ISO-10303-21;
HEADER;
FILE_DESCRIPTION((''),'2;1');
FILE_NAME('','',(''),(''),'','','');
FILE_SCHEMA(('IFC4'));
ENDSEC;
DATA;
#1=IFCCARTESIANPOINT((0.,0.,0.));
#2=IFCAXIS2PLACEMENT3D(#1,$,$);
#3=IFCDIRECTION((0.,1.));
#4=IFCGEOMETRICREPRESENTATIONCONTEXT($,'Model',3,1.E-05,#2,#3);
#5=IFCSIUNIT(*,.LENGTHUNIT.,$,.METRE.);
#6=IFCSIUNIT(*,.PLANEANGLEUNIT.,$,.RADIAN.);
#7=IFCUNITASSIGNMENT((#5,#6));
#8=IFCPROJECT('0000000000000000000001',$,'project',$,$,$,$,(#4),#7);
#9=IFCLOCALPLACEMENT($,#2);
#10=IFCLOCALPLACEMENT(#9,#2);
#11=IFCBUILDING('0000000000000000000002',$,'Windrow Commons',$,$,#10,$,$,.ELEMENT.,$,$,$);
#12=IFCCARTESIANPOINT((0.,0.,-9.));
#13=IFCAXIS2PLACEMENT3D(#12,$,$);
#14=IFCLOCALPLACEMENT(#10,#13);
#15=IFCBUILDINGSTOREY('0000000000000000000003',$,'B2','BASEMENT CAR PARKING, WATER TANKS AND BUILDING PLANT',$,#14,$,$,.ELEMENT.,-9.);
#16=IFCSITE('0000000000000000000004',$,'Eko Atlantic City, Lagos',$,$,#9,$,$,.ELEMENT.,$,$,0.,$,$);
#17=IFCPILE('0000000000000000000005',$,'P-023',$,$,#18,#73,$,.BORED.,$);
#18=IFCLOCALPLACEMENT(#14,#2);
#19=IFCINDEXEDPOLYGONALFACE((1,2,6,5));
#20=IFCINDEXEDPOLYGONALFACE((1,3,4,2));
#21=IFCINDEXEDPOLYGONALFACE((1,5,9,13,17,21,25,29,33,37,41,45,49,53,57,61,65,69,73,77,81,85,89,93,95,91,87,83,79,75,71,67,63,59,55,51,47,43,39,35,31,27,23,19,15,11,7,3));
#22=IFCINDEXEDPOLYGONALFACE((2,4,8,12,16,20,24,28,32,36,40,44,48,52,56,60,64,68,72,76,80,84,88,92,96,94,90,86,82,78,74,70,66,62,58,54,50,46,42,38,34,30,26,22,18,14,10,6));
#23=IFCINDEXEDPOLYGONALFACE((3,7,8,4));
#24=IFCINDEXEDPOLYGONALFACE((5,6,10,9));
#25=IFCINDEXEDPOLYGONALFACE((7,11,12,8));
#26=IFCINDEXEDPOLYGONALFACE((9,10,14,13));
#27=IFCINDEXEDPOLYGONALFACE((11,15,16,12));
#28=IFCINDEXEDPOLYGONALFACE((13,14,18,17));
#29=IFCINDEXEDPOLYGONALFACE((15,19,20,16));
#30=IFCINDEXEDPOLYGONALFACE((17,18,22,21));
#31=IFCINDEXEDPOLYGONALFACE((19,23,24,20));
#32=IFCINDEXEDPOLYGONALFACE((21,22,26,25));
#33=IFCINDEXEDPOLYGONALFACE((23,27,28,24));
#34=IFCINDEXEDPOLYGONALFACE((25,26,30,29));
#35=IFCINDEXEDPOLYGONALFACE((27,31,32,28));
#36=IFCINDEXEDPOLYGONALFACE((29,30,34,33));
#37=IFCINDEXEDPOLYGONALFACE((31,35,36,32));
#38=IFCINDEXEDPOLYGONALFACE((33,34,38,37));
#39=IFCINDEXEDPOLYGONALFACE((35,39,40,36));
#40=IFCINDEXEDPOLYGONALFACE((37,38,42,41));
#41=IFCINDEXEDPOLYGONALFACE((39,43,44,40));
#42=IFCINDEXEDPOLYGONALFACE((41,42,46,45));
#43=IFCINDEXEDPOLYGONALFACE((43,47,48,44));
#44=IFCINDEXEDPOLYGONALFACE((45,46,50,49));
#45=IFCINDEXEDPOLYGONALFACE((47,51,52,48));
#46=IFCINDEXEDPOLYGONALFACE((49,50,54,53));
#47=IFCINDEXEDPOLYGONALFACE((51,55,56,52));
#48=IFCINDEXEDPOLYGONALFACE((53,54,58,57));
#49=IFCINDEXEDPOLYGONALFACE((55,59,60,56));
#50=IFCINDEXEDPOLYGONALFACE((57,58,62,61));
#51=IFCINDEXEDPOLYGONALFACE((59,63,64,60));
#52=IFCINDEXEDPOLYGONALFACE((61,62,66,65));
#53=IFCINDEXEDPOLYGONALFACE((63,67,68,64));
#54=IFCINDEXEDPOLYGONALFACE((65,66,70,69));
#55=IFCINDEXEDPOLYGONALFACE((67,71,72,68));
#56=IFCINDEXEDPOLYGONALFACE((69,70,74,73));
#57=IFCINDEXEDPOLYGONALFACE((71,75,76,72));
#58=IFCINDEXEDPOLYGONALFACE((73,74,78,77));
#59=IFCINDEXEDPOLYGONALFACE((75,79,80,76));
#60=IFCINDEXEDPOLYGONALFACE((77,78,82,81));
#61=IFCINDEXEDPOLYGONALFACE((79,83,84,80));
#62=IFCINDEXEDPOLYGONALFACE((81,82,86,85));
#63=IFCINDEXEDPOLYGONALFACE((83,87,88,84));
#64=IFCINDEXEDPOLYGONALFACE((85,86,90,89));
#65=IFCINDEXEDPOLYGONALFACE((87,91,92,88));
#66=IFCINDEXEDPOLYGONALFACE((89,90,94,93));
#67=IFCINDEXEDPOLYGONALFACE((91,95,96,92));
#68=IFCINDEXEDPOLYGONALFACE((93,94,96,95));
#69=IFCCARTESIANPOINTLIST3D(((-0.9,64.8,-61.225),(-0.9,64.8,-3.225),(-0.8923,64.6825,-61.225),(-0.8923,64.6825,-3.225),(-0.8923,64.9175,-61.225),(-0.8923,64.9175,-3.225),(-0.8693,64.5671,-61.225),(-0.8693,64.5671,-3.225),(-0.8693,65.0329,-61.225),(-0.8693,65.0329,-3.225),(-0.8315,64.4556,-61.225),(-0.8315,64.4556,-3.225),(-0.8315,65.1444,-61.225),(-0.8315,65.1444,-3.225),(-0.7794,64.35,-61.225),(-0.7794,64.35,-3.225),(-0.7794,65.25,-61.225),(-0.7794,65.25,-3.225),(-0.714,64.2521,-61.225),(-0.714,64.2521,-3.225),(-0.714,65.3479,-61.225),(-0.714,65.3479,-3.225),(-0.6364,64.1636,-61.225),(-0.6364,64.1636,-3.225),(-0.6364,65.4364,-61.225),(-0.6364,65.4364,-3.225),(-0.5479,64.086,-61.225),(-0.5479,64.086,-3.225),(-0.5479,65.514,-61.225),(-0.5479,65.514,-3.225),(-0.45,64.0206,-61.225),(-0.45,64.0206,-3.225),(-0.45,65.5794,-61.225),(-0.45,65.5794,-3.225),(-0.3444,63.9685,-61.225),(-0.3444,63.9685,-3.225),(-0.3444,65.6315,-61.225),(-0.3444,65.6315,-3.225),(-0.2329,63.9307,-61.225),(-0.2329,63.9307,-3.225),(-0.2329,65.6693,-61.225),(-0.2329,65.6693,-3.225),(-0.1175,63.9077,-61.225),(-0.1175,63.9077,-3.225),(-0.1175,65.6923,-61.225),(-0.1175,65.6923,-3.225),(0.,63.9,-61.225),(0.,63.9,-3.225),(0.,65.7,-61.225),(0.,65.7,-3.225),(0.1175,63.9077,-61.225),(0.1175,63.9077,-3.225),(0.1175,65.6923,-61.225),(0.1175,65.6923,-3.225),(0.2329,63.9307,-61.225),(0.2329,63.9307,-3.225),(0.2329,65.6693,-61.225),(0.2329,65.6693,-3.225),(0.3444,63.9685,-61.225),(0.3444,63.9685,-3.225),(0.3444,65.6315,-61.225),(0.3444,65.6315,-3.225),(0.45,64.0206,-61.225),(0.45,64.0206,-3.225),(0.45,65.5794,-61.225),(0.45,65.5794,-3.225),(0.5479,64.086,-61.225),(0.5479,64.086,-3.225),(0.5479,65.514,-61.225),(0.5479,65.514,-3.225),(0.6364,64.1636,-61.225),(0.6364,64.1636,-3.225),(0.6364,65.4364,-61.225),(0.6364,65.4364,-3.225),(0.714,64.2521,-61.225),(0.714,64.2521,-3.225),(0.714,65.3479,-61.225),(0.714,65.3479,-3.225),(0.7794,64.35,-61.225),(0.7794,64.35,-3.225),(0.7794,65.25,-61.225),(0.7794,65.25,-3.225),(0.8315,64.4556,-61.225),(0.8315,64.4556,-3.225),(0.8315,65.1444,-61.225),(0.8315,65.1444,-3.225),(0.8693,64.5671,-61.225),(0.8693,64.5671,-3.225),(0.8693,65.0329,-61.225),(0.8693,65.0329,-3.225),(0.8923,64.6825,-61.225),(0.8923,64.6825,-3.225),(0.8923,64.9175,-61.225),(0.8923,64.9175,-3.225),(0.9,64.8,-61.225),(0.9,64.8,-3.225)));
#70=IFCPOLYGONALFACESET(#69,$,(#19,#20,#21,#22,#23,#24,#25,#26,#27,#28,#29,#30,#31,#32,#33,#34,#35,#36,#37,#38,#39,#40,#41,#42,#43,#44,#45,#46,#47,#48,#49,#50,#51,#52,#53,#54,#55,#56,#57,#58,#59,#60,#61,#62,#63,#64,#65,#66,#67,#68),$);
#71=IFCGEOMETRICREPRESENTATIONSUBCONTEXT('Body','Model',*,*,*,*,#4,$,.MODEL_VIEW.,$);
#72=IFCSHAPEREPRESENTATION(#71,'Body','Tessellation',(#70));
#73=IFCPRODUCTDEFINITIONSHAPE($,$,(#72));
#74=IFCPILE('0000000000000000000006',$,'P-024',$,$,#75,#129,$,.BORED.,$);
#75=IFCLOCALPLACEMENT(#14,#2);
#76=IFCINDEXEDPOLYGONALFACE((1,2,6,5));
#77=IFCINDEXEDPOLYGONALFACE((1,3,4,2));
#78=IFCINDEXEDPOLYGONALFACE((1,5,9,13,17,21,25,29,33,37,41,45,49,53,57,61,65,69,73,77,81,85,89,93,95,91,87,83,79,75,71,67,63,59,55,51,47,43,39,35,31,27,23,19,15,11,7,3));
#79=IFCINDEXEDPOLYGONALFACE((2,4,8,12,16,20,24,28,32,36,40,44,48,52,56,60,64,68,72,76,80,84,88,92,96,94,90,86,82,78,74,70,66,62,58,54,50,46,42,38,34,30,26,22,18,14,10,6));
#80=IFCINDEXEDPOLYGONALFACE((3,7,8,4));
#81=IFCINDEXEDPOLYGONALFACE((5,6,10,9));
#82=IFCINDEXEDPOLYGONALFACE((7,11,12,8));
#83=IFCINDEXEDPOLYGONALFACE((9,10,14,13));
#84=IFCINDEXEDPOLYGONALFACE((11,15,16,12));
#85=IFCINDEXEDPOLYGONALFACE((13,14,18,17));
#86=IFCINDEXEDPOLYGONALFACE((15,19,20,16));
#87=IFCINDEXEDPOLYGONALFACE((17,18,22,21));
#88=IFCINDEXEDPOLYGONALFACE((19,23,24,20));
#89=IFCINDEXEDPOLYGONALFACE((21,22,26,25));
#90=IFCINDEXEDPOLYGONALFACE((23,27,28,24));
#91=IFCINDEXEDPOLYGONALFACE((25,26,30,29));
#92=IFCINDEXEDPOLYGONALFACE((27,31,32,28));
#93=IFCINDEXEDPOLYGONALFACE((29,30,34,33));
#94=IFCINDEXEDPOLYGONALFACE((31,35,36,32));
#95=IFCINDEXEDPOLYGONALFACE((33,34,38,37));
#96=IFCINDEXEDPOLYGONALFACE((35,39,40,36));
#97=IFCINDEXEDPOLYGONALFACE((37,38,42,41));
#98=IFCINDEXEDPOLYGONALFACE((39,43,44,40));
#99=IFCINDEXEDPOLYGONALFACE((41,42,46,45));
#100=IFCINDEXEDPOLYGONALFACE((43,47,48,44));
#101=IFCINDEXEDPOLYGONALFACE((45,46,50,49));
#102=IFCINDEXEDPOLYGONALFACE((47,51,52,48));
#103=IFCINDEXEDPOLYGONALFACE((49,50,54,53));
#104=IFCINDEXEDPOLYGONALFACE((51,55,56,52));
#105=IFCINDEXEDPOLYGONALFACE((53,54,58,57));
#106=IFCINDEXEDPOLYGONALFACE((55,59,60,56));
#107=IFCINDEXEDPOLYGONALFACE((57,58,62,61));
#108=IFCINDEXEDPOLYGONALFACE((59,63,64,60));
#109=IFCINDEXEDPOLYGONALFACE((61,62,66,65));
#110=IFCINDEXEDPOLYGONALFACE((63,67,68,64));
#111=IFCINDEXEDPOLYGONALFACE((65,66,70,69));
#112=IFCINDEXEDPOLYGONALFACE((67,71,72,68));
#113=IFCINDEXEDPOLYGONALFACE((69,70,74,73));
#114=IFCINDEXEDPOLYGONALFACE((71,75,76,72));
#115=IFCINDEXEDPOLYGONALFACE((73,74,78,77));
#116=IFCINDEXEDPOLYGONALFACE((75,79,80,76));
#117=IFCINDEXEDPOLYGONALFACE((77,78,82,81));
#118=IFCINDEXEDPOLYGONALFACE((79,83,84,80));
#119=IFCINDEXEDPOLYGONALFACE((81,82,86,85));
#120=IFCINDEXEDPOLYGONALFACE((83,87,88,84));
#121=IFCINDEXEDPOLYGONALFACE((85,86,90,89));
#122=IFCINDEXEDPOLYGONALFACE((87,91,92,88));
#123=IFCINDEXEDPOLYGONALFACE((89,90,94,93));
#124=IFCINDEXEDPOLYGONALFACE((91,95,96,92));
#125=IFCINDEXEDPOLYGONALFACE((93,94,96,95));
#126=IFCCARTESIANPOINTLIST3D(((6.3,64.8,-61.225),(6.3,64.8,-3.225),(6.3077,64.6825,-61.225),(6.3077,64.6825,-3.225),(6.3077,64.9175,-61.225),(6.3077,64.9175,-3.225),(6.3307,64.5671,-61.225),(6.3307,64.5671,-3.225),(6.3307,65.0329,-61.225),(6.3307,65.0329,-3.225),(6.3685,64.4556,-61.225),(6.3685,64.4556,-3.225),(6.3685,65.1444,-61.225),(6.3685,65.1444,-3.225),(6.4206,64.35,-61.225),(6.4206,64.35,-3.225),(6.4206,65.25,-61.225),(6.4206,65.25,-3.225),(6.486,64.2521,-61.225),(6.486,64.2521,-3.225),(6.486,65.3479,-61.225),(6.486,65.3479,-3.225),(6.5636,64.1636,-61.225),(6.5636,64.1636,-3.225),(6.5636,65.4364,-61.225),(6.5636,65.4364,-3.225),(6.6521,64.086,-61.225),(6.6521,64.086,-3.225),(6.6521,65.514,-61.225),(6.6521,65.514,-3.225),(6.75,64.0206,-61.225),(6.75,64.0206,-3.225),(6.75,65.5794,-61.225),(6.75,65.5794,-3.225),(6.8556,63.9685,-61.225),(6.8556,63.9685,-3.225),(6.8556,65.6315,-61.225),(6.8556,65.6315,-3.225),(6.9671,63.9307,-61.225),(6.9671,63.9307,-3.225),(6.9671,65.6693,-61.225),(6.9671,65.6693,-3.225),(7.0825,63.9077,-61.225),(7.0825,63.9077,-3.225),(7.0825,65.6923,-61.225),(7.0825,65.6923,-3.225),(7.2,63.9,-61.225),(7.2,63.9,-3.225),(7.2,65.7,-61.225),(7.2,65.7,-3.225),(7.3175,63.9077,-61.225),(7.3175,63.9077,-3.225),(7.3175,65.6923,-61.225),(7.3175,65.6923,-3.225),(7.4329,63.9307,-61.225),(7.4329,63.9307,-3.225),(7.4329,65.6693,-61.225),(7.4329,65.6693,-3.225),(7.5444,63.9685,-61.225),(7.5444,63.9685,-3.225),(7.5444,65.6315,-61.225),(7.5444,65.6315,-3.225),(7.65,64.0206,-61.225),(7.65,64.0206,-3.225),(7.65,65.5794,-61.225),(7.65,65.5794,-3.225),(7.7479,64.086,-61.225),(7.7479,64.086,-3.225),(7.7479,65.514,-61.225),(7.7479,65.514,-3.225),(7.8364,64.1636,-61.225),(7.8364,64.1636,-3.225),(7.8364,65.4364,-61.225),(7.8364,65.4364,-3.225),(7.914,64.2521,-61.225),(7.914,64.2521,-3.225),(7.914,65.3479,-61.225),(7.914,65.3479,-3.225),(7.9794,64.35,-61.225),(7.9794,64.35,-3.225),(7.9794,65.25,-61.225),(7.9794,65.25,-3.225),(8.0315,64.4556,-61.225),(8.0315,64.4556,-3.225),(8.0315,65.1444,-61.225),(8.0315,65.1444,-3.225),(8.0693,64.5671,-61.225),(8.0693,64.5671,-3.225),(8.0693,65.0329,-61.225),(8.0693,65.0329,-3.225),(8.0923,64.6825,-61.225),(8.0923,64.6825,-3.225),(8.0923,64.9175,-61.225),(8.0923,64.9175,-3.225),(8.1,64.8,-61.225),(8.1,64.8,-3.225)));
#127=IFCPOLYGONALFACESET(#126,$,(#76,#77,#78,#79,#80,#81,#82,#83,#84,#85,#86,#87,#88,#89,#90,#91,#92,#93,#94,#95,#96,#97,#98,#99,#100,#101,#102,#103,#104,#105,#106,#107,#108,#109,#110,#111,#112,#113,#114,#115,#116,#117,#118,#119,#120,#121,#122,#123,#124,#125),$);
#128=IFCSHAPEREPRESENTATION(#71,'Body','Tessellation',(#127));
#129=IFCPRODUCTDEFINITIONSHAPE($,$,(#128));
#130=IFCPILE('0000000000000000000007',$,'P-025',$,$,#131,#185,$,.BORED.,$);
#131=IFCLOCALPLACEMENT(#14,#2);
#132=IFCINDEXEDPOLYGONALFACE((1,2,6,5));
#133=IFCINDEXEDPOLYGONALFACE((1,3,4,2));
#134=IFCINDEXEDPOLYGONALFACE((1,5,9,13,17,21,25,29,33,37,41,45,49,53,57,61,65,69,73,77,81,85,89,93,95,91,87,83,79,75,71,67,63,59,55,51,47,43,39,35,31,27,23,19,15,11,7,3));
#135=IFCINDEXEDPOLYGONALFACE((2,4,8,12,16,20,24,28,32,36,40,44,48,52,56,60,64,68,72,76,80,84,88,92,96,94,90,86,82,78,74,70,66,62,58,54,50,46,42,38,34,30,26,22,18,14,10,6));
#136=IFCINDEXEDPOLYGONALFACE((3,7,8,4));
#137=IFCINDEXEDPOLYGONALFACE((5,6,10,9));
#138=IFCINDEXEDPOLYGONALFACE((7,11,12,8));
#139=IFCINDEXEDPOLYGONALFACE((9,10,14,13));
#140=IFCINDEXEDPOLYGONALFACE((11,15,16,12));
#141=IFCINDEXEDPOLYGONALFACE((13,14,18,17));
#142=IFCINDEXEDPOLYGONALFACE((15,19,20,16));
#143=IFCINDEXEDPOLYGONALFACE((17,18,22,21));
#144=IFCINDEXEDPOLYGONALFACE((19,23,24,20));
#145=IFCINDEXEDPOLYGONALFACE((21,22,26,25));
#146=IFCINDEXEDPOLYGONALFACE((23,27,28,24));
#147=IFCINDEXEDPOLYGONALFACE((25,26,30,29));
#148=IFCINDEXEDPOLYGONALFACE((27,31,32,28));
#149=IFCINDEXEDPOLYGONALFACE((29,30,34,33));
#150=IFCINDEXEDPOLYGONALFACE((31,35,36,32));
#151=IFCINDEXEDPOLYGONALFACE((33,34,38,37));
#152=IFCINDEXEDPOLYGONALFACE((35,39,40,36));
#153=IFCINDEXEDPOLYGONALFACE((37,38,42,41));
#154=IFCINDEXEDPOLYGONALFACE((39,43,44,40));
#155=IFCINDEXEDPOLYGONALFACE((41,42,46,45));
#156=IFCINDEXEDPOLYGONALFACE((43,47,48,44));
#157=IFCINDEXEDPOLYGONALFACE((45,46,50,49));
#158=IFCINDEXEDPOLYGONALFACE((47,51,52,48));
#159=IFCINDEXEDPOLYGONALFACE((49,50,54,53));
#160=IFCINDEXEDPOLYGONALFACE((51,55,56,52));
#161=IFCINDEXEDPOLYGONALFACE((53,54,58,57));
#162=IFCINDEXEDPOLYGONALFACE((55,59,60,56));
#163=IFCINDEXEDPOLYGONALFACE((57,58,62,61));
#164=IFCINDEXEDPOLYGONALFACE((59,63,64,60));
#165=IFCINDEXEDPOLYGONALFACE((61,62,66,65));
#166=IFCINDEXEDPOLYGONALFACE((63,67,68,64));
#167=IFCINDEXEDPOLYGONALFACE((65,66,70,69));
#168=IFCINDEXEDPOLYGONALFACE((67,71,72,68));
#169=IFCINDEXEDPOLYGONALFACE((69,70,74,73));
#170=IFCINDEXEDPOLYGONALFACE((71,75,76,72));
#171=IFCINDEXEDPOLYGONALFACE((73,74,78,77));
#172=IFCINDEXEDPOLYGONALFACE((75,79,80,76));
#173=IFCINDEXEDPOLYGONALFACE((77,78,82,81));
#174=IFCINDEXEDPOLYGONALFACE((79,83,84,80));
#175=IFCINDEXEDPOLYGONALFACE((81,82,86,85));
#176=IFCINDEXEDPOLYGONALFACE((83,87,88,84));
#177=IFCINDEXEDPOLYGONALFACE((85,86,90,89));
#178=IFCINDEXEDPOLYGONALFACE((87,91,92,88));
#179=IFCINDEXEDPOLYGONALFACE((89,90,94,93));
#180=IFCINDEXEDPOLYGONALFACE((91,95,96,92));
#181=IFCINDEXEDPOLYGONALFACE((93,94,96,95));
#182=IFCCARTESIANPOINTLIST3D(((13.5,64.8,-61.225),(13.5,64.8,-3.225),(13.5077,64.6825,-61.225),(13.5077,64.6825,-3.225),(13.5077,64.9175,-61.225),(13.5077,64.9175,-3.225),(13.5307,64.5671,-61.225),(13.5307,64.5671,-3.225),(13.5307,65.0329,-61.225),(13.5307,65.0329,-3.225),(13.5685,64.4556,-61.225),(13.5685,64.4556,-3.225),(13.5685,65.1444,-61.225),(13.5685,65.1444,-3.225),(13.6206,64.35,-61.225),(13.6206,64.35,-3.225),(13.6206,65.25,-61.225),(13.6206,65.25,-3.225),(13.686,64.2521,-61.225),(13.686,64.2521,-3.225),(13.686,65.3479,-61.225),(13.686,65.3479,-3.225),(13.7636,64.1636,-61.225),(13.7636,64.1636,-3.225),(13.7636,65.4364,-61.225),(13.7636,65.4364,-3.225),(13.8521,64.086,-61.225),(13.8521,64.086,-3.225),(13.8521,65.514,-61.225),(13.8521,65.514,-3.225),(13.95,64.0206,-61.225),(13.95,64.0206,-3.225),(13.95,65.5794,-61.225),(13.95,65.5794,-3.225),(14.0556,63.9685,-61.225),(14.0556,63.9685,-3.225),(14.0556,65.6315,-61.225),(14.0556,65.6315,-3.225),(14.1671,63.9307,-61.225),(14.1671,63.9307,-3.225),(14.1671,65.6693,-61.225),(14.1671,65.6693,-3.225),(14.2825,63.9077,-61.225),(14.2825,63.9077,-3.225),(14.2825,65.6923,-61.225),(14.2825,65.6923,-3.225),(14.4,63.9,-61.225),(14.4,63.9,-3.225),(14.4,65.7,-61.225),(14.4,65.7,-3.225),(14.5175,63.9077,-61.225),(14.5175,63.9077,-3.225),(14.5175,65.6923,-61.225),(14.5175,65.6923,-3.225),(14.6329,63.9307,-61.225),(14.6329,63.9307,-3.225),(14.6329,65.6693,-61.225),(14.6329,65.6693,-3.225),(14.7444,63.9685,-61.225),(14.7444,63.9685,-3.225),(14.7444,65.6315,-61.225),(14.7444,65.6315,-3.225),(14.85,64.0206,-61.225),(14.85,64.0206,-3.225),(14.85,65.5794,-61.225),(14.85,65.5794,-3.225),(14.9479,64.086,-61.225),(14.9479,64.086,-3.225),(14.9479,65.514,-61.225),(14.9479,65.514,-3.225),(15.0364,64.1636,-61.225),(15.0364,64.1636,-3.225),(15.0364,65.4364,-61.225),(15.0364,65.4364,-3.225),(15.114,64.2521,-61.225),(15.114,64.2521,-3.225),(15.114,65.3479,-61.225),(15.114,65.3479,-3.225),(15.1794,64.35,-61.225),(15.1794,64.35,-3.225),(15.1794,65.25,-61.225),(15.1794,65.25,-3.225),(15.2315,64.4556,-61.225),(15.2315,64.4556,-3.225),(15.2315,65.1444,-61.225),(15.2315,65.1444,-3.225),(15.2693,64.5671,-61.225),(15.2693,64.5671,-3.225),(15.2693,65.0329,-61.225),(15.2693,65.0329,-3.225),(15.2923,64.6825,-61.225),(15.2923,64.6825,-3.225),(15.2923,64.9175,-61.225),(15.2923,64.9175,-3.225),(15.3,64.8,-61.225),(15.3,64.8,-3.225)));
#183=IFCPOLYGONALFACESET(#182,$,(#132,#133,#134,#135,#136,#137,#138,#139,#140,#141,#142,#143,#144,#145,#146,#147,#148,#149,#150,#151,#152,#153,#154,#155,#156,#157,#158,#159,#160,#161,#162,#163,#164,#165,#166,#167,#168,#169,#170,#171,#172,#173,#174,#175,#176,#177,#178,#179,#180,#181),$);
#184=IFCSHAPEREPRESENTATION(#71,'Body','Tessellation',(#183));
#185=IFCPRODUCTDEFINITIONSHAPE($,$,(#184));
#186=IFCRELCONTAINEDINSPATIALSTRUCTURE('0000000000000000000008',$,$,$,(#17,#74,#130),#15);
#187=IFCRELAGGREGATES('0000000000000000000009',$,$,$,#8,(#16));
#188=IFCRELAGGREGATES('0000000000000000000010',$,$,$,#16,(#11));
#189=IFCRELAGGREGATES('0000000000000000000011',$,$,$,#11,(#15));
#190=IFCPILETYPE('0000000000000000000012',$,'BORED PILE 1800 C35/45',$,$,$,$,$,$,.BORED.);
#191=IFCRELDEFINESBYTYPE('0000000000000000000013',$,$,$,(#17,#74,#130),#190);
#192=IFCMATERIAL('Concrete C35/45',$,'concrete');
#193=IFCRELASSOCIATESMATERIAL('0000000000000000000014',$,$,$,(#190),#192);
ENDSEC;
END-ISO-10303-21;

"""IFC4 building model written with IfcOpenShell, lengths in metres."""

from ifc_helpers import new_model, si_unit, direction, frame, origin, origin_2d, place, context, subcontext, project, spatial, circle, extrude, material, material_profile, profile_set, type_object, element, save


model = new_model("IFC4")

# Units and contexts
model_context = context("Model", 3, precision=1e-05, world=origin(), true_north=direction((0.0, 1.0)))
body_context = subcontext(model_context, "Body", "Model", "MODEL_VIEW")
ifc_project = project(units=[si_unit("LENGTHUNIT", "METRE"), si_unit("PLANEANGLEUNIT", "RADIAN")], contexts=[model_context])

# Site, building, storey
site_placement = place(None, origin())
site = spatial("IfcSite", under=ifc_project, at=site_placement, Name="Eko Atlantic City, Lagos", CompositionType="ELEMENT", RefElevation=0.0)
building_placement = place(site_placement, origin())
building = spatial("IfcBuilding", under=site, at=building_placement, Name="Windrow Commons", CompositionType="ELEMENT")
storey_placement = place(building_placement, frame((0.0, 0.0, -9.0)))
storey = spatial("IfcBuildingStorey", under=building, at=storey_placement, Name="B2", Description="BASEMENT CAR PARKING, WATER TANKS AND BUILDING PLANT", CompositionType="ELEMENT", Elevation=-9.0)

# Piles
ifc_material_1 = material(Name="Concrete C35/45", Category="concrete")
ifc_material_profile_1 = material_profile(ifc_material_1, circle(Radius=0.9, at=origin_2d()))
ifc_profile_set_1 = profile_set([ifc_material_profile_1], Name="Concrete C35/45")
pile_type = type_object("IfcPileType", Name="BORED PILE 1800 C35/45", PredefinedType="BORED", material=ifc_profile_set_1)
for number, where, z_axis, x_axis, name in (
    (1, (0.0, 64.8, -3.225), (0.0, 0.0, -1.0), (1.0, 0.0, 0.0), "P-023"),
    (2, (7.2, 64.8, -3.225), (0.0, 0.0, -1.0), (1.0, 0.0, 0.0), "P-024"),
    (3, (14.4, 64.8, -3.225), (0.0, 0.0, -1.0), (1.0, 0.0, 0.0), "P-025"),
):
    element("IfcPile", number, at=place(storey_placement, frame(where, z_axis=z_axis, x_axis=x_axis)), inside=storey, type_object=pile_type, Name=name, PredefinedType="BORED", context=body_context, shape_type="SweptSolid", body=[
        extrude(circle(Radius=0.9, at=origin_2d()), origin(), (0.0, 0.0, 1.0), 58.0),
    ])

save(model, "model.ifc")
